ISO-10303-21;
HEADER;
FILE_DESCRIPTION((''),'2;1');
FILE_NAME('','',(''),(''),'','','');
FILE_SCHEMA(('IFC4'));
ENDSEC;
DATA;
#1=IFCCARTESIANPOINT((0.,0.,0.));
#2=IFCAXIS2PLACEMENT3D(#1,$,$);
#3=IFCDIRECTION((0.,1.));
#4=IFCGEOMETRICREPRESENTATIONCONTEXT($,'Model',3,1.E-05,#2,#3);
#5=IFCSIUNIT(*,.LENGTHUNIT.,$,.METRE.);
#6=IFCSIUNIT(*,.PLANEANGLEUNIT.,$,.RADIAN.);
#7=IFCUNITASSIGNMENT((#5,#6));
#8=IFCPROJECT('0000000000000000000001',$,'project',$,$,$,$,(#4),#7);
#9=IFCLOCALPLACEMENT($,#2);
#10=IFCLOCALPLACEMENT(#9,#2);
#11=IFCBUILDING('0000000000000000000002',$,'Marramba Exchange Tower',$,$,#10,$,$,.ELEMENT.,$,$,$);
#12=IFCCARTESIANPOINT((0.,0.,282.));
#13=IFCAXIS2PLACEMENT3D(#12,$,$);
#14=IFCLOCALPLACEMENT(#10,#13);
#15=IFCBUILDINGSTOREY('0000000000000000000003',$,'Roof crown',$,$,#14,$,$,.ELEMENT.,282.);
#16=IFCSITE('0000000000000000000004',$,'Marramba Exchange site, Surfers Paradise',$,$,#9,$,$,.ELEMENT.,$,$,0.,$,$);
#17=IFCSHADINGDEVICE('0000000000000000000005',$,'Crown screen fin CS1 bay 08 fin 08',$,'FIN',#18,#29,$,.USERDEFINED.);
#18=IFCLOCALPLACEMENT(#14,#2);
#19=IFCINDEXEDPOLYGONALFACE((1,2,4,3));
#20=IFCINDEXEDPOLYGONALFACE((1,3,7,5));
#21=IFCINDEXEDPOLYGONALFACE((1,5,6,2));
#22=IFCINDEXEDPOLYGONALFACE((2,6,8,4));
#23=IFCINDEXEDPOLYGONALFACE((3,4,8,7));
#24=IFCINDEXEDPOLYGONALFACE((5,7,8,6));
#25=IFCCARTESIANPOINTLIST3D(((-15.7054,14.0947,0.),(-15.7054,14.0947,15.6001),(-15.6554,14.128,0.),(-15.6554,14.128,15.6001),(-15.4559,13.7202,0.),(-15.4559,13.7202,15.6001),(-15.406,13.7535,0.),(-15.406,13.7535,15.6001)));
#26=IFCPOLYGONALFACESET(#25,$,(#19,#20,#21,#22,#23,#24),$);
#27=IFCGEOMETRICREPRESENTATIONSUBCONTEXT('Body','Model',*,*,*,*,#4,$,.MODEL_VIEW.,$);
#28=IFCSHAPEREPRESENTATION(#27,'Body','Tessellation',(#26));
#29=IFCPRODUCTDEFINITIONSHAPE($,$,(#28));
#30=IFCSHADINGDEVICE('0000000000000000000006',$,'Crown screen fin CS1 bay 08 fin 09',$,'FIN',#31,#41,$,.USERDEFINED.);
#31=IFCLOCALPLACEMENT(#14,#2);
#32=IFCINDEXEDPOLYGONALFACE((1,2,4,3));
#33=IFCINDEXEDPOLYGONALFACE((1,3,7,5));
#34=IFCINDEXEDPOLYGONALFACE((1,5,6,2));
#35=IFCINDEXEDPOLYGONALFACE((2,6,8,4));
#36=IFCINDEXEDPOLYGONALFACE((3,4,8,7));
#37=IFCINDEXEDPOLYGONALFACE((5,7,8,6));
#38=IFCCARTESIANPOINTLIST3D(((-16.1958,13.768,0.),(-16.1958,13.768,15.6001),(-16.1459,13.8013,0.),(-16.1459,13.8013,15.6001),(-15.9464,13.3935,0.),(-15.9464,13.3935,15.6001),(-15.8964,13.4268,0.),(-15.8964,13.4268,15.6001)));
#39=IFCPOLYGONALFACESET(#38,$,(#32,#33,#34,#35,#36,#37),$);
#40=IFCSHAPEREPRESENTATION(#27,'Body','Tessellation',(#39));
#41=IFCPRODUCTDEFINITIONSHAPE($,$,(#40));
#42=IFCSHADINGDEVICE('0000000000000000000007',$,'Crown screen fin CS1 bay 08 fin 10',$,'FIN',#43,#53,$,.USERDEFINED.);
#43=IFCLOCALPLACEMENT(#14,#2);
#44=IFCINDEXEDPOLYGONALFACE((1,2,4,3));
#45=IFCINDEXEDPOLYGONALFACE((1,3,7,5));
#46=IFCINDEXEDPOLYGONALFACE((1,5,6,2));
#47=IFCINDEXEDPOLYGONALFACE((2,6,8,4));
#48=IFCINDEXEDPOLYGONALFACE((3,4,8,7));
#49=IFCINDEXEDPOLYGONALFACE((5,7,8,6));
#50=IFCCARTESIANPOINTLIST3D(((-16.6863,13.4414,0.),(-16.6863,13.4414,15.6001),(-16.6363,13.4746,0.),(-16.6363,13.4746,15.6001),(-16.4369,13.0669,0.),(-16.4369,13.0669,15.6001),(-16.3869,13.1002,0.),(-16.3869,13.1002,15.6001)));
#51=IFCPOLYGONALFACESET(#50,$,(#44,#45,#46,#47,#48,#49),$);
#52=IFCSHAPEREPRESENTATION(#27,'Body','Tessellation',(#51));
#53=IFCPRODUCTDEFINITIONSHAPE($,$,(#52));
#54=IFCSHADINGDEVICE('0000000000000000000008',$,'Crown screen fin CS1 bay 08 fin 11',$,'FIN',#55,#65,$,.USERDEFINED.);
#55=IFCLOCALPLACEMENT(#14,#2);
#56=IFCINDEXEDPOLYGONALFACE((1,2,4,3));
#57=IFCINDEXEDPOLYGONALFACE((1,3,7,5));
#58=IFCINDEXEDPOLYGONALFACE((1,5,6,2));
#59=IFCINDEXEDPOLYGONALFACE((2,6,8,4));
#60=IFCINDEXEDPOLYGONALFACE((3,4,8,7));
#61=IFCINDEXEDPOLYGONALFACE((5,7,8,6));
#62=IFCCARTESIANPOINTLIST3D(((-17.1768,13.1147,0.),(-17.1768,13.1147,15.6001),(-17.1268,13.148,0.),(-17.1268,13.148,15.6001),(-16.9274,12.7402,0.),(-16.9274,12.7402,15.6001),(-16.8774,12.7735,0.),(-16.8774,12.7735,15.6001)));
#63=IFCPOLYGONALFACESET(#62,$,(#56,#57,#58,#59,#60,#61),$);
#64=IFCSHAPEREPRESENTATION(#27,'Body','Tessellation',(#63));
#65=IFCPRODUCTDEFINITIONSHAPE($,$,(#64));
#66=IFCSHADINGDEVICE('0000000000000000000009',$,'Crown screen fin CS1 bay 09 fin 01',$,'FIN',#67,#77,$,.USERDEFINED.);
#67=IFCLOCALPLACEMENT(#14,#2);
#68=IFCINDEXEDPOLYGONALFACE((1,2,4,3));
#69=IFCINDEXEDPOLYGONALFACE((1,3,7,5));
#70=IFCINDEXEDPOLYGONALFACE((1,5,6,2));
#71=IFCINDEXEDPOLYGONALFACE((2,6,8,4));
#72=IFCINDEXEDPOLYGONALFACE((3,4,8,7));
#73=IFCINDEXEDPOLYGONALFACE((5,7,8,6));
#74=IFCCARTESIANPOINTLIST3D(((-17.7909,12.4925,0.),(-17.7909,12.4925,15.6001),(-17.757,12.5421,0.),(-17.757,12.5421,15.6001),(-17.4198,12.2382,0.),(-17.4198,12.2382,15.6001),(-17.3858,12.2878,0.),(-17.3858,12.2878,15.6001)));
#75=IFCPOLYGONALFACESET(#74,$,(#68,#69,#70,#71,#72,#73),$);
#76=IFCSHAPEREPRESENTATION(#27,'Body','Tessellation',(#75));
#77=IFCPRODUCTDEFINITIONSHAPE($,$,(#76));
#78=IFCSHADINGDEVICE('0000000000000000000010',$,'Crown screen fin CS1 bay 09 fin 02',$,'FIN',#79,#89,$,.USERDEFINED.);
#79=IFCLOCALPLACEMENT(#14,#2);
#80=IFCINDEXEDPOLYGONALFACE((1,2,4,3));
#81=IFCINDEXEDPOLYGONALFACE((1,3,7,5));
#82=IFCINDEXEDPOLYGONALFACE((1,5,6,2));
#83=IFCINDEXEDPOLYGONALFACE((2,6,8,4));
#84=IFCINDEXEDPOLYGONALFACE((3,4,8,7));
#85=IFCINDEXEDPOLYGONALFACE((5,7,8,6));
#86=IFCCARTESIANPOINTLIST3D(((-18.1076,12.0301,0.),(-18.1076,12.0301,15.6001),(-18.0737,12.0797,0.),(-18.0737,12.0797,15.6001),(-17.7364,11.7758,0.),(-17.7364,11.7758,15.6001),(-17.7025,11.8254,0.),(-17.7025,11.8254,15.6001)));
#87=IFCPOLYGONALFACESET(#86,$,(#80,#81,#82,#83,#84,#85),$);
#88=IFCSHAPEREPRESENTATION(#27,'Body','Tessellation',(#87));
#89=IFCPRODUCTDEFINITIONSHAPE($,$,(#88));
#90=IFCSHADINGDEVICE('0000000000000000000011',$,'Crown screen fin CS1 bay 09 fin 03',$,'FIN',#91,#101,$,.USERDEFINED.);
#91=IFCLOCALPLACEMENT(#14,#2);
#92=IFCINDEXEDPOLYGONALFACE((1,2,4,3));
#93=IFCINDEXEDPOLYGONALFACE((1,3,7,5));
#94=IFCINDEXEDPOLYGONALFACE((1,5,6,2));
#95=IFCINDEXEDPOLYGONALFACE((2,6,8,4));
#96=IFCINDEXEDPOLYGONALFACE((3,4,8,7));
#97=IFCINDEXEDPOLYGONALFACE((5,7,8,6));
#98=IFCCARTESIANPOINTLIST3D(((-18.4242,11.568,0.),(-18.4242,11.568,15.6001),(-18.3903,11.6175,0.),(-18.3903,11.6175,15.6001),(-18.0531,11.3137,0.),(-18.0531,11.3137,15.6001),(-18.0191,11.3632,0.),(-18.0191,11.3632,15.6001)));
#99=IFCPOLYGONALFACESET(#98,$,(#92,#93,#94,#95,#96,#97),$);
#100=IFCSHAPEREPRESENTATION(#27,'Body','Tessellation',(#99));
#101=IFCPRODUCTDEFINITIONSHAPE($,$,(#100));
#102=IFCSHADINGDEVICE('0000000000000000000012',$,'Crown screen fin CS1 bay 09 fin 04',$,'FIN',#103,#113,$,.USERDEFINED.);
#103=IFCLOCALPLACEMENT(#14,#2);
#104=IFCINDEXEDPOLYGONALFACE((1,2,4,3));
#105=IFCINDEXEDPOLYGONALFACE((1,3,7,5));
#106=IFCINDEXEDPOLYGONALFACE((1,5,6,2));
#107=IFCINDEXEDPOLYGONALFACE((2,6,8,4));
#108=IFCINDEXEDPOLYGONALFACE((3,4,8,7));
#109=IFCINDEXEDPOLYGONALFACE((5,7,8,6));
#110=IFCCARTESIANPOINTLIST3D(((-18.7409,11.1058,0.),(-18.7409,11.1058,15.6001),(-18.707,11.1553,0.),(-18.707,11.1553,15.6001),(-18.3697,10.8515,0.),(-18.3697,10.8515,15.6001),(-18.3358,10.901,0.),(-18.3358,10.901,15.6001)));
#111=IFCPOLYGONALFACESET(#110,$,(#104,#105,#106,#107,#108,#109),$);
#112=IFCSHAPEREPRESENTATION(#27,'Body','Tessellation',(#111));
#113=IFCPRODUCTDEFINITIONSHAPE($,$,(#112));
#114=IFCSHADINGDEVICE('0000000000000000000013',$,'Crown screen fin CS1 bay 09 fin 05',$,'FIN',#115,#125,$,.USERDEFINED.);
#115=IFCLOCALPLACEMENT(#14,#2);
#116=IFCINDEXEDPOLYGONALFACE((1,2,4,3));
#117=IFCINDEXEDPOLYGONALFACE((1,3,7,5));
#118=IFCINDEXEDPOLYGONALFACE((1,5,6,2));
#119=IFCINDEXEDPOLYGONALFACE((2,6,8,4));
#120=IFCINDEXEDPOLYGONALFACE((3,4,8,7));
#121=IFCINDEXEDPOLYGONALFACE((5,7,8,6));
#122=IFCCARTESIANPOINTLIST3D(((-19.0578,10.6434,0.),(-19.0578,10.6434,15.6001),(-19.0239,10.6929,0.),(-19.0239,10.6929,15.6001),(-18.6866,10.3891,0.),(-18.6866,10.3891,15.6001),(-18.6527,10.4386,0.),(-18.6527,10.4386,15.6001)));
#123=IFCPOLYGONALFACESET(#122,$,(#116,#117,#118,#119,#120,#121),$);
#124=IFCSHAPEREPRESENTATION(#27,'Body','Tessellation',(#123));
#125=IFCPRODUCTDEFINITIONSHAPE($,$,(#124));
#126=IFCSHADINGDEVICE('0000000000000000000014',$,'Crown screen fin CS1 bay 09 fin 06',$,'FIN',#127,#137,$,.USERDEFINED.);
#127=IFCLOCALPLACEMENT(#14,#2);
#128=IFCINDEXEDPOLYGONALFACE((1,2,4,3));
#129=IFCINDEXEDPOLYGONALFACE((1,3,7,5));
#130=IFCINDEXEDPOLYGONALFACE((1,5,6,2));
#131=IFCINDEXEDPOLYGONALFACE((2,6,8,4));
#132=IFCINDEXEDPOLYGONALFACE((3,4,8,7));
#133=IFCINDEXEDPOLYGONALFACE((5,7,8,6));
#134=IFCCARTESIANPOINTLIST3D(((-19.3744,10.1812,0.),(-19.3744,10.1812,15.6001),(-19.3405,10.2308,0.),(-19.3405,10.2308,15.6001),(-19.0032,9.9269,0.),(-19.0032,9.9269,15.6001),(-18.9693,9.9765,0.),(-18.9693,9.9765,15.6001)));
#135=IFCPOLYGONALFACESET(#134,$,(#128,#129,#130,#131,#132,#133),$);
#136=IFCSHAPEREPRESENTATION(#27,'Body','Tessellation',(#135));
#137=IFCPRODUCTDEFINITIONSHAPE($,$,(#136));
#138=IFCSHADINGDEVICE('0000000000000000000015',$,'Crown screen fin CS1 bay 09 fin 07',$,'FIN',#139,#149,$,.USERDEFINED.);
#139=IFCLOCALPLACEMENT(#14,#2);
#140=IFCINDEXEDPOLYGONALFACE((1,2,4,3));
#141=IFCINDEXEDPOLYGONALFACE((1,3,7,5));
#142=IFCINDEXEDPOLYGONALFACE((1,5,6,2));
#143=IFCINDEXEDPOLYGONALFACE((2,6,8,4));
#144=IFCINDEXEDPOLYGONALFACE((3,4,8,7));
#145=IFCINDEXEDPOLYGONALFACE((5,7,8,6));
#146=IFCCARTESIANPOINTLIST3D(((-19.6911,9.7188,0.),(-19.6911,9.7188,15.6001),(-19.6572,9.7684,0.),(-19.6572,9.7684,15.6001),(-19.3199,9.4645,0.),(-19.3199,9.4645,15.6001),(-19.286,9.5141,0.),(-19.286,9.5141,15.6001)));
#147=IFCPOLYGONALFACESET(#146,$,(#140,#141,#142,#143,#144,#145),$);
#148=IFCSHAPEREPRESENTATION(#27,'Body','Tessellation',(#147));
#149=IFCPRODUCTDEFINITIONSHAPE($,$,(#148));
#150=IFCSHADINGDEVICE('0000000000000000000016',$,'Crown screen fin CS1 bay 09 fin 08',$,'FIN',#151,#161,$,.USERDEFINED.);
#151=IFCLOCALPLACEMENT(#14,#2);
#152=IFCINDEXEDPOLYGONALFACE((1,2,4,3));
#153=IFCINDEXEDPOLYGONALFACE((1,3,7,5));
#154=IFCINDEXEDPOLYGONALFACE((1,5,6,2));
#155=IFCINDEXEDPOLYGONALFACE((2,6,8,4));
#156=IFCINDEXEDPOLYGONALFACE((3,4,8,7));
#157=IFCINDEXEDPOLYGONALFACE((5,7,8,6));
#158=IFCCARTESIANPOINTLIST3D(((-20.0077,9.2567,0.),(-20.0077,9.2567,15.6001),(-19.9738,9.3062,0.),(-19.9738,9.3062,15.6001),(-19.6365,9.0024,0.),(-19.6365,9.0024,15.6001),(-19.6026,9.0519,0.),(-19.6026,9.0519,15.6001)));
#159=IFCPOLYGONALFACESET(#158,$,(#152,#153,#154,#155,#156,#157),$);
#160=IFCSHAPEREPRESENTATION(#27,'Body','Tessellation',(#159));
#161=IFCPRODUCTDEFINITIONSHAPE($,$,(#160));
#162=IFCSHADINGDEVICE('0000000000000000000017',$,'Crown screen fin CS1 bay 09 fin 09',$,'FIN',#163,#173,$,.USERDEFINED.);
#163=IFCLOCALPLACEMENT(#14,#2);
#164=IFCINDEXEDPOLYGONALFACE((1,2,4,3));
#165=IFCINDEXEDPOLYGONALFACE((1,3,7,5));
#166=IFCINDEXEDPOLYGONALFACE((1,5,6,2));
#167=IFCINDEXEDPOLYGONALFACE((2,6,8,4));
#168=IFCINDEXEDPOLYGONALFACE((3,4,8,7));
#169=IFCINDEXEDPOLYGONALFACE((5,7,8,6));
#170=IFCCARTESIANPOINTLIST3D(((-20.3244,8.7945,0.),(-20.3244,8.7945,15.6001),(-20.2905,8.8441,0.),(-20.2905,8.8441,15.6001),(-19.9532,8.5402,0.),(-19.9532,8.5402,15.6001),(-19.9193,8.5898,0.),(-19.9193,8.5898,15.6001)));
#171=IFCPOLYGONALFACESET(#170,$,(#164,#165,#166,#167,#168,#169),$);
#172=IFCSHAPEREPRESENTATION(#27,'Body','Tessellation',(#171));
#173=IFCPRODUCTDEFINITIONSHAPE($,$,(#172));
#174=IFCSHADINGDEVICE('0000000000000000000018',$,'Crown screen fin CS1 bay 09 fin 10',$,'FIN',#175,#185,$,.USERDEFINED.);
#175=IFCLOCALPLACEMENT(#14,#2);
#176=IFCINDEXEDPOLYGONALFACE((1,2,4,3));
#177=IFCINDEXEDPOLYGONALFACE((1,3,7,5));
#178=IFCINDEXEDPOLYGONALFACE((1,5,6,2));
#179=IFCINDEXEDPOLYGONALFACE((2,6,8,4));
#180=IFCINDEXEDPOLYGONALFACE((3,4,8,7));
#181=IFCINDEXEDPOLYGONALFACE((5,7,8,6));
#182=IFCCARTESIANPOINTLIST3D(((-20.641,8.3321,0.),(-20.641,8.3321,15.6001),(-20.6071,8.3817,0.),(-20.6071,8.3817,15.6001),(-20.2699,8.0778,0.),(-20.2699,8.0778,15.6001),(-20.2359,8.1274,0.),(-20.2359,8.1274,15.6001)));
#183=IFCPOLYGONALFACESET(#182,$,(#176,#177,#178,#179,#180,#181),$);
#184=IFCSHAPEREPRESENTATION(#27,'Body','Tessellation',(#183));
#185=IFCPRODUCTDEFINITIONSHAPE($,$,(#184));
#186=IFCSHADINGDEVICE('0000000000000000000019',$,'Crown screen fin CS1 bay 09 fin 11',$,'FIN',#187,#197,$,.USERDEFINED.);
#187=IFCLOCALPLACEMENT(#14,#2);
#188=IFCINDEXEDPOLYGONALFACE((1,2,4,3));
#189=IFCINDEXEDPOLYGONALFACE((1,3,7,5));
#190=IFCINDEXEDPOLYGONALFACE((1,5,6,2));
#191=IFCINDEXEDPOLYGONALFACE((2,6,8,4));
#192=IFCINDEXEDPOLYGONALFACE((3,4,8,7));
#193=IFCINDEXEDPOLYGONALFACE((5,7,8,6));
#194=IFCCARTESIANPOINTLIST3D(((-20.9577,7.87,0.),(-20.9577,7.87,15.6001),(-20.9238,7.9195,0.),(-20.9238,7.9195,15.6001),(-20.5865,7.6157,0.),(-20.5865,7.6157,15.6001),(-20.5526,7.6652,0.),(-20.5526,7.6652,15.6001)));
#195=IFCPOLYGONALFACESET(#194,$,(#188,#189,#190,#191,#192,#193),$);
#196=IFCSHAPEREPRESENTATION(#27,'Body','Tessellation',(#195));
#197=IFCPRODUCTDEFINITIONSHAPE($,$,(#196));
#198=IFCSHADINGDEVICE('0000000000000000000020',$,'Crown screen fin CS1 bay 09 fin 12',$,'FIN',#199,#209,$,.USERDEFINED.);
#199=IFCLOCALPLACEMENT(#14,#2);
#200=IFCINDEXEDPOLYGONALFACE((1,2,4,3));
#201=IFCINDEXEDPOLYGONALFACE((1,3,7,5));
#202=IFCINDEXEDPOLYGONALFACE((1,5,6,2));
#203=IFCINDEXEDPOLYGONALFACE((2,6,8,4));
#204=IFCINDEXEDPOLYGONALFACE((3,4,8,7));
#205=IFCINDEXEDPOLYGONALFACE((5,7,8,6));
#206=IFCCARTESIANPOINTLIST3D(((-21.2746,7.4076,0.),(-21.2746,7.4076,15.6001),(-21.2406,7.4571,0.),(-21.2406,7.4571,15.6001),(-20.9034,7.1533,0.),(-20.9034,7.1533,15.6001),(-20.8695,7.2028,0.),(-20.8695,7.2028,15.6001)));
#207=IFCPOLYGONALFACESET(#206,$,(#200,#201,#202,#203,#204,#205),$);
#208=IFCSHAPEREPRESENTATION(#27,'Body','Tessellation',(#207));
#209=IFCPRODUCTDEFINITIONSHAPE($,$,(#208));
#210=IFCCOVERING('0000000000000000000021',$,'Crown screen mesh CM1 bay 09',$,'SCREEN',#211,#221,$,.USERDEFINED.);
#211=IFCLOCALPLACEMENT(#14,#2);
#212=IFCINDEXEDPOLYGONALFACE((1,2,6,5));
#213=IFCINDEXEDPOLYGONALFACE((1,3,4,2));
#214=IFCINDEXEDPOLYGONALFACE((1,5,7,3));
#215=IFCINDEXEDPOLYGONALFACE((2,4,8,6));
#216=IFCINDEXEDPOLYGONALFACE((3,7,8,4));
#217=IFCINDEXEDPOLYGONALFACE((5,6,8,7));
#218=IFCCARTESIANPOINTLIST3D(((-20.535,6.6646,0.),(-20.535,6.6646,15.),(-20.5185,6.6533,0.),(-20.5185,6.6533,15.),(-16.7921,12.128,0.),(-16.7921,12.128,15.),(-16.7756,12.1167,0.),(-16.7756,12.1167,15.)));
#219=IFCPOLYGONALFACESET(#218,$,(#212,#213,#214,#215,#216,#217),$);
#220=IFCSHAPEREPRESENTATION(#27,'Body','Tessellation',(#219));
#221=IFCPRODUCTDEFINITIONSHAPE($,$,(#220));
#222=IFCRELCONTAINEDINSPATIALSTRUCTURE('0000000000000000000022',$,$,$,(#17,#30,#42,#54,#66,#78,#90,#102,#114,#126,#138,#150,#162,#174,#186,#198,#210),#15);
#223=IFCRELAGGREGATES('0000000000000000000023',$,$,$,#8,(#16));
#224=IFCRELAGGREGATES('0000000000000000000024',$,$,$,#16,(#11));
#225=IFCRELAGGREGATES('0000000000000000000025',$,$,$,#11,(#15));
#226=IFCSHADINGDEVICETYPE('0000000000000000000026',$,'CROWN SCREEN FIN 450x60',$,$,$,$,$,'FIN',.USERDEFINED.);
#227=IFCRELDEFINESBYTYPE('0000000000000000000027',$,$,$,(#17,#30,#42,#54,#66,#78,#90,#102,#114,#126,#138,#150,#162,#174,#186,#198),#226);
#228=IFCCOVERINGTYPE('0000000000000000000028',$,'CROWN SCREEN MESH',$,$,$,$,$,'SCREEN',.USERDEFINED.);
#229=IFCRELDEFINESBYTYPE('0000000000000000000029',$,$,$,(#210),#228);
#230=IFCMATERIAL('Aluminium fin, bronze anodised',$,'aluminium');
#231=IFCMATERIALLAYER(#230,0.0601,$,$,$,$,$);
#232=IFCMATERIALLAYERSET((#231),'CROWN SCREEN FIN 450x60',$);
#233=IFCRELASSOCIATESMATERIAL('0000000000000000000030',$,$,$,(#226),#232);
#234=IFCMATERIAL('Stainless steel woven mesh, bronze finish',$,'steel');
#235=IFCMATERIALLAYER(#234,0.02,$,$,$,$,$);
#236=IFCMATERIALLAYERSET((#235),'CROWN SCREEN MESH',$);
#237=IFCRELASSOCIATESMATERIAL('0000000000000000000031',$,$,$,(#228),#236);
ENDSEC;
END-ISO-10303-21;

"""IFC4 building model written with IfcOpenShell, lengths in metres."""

from ifc_helpers import new_model, si_unit, direction, frame, origin, origin_2d, place, context, subcontext, project, spatial, rectangle, extrude, material, layer, layer_set, type_object, element, save


model = new_model("IFC4")

# Units and contexts
model_context = context("Model", 3, precision=1e-05, world=origin(), true_north=direction((0.0, 1.0)))
body_context = subcontext(model_context, "Body", "Model", "MODEL_VIEW")
ifc_project = project(units=[si_unit("LENGTHUNIT", "METRE"), si_unit("PLANEANGLEUNIT", "RADIAN")], contexts=[model_context])

# Site, building, storey
site_placement = place(None, origin())
site = spatial("IfcSite", under=ifc_project, at=site_placement, Name="Marramba Exchange site, Surfers Paradise", CompositionType="ELEMENT", RefElevation=0.0)
building_placement = place(site_placement, origin())
building = spatial("IfcBuilding", under=site, at=building_placement, Name="Marramba Exchange Tower", CompositionType="ELEMENT")
storey_placement = place(building_placement, frame((0.0, 0.0, 282.0)))
storey = spatial("IfcBuildingStorey", under=building, at=storey_placement, Name="Roof crown", CompositionType="ELEMENT", Elevation=282.0)

# Shading devices
ifc_material_1 = material(Name="Aluminium fin, bronze anodised", Category="aluminium")
ifc_layer_1 = layer(ifc_material_1, 0.0601)
ifc_layer_set_1 = layer_set([ifc_layer_1], Name="CROWN SCREEN FIN 450x60")
shading_device_type = type_object("IfcShadingDeviceType", Name="CROWN SCREEN FIN 450x60", ElementType="FIN", PredefinedType="USERDEFINED", material=ifc_layer_set_1)
for number, where, z_axis, x_axis, name in (
    (1, (-15.5557, 13.9241, 0.0), (0.0, 0.0, 1.0), (-0.554342, 0.832289, 0.0), "Crown screen fin CS1 bay 08 fin 08"),
    (2, (-16.0461, 13.5974, 0.0), (0.0, 0.0, 1.0), (-0.554342, 0.832289, 0.0), "Crown screen fin CS1 bay 08 fin 09"),
    (3, (-16.5366, 13.2708, 0.0), (0.0, 0.0, 1.0), (-0.554342, 0.832289, 0.0), "Crown screen fin CS1 bay 08 fin 10"),
    (4, (-17.0271, 12.9441, 0.0), (0.0, 0.0, 1.0), (-0.554342, 0.832289, 0.0), "Crown screen fin CS1 bay 08 fin 11"),
    (5, (-17.5884, 12.3901, 0.0), (0.0, 0.0, 1.0), (-0.82497, 0.565176, 0.0), "Crown screen fin CS1 bay 09 fin 01"),
    (6, (-17.905, 11.9277, 0.0), (0.0, 0.0, 1.0), (-0.82497, 0.565176, 0.0), "Crown screen fin CS1 bay 09 fin 02"),
    (7, (-18.2217, 11.4656, 0.0), (0.0, 0.0, 1.0), (-0.82497, 0.565176, 0.0), "Crown screen fin CS1 bay 09 fin 03"),
    (8, (-18.5383, 11.0034, 0.0), (0.0, 0.0, 1.0), (-0.82497, 0.565176, 0.0), "Crown screen fin CS1 bay 09 fin 04"),
    (9, (-18.8552, 10.541, 0.0), (0.0, 0.0, 1.0), (-0.82497, 0.565176, 0.0), "Crown screen fin CS1 bay 09 fin 05"),
    (10, (-19.1719, 10.0789, 0.0), (0.0, 0.0, 1.0), (-0.82497, 0.565176, 0.0), "Crown screen fin CS1 bay 09 fin 06"),
    (11, (-19.4885, 9.6165, 0.0), (0.0, 0.0, 1.0), (-0.82497, 0.565176, 0.0), "Crown screen fin CS1 bay 09 fin 07"),
    (12, (-19.8052, 9.1543, 0.0), (0.0, 0.0, 1.0), (-0.82497, 0.565176, 0.0), "Crown screen fin CS1 bay 09 fin 08"),
    (13, (-20.1218, 8.6921, 0.0), (0.0, 0.0, 1.0), (-0.82497, 0.565176, 0.0), "Crown screen fin CS1 bay 09 fin 09"),
    (14, (-20.4385, 8.2297, 0.0), (0.0, 0.0, 1.0), (-0.82497, 0.565176, 0.0), "Crown screen fin CS1 bay 09 fin 10"),
    (15, (-20.7551, 7.7676, 0.0), (0.0, 0.0, 1.0), (-0.82497, 0.565176, 0.0), "Crown screen fin CS1 bay 09 fin 11"),
    (16, (-21.072, 7.3052, 0.0), (0.0, 0.0, 1.0), (-0.82497, 0.565176, 0.0), "Crown screen fin CS1 bay 09 fin 12"),
):
    element("IfcShadingDevice", number, at=place(storey_placement, frame(where, z_axis=z_axis, x_axis=x_axis)), inside=storey, type_object=shading_device_type, Name=name, ObjectType="FIN", PredefinedType="USERDEFINED", context=body_context, shape_type="SweptSolid", body=[
        extrude(rectangle(XDim=0.45, YDim=0.0601, at=origin_2d()), origin(), (0.0, 0.0, 1.0), 15.6001),
    ])

# Covering
ifc_material_2 = material(Name="Stainless steel woven mesh, bronze finish", Category="steel")
ifc_layer_2 = layer(ifc_material_2, 0.02)
ifc_layer_set_2 = layer_set([ifc_layer_2], Name="CROWN SCREEN MESH")
covering_type = type_object("IfcCoveringType", Name="CROWN SCREEN MESH", ElementType="SCREEN", PredefinedType="USERDEFINED", material=ifc_layer_set_2)
covering_placement = place(storey_placement, frame((-18.6553, 9.3906, 0.0), z_axis=(0.0, 0.0, 1.0), x_axis=(-0.565176, -0.82497, 0.0)))
element("IfcCovering", 17, at=covering_placement, inside=storey, type_object=covering_type, Name="Crown screen mesh CM1 bay 09", ObjectType="SCREEN", PredefinedType="USERDEFINED", context=body_context, shape_type="SweptSolid", body=[
    extrude(rectangle(XDim=6.6226, YDim=0.02, at=origin_2d()), origin(), (0.0, 0.0, 1.0), 15.0),
])

save(model, "model.ifc")
